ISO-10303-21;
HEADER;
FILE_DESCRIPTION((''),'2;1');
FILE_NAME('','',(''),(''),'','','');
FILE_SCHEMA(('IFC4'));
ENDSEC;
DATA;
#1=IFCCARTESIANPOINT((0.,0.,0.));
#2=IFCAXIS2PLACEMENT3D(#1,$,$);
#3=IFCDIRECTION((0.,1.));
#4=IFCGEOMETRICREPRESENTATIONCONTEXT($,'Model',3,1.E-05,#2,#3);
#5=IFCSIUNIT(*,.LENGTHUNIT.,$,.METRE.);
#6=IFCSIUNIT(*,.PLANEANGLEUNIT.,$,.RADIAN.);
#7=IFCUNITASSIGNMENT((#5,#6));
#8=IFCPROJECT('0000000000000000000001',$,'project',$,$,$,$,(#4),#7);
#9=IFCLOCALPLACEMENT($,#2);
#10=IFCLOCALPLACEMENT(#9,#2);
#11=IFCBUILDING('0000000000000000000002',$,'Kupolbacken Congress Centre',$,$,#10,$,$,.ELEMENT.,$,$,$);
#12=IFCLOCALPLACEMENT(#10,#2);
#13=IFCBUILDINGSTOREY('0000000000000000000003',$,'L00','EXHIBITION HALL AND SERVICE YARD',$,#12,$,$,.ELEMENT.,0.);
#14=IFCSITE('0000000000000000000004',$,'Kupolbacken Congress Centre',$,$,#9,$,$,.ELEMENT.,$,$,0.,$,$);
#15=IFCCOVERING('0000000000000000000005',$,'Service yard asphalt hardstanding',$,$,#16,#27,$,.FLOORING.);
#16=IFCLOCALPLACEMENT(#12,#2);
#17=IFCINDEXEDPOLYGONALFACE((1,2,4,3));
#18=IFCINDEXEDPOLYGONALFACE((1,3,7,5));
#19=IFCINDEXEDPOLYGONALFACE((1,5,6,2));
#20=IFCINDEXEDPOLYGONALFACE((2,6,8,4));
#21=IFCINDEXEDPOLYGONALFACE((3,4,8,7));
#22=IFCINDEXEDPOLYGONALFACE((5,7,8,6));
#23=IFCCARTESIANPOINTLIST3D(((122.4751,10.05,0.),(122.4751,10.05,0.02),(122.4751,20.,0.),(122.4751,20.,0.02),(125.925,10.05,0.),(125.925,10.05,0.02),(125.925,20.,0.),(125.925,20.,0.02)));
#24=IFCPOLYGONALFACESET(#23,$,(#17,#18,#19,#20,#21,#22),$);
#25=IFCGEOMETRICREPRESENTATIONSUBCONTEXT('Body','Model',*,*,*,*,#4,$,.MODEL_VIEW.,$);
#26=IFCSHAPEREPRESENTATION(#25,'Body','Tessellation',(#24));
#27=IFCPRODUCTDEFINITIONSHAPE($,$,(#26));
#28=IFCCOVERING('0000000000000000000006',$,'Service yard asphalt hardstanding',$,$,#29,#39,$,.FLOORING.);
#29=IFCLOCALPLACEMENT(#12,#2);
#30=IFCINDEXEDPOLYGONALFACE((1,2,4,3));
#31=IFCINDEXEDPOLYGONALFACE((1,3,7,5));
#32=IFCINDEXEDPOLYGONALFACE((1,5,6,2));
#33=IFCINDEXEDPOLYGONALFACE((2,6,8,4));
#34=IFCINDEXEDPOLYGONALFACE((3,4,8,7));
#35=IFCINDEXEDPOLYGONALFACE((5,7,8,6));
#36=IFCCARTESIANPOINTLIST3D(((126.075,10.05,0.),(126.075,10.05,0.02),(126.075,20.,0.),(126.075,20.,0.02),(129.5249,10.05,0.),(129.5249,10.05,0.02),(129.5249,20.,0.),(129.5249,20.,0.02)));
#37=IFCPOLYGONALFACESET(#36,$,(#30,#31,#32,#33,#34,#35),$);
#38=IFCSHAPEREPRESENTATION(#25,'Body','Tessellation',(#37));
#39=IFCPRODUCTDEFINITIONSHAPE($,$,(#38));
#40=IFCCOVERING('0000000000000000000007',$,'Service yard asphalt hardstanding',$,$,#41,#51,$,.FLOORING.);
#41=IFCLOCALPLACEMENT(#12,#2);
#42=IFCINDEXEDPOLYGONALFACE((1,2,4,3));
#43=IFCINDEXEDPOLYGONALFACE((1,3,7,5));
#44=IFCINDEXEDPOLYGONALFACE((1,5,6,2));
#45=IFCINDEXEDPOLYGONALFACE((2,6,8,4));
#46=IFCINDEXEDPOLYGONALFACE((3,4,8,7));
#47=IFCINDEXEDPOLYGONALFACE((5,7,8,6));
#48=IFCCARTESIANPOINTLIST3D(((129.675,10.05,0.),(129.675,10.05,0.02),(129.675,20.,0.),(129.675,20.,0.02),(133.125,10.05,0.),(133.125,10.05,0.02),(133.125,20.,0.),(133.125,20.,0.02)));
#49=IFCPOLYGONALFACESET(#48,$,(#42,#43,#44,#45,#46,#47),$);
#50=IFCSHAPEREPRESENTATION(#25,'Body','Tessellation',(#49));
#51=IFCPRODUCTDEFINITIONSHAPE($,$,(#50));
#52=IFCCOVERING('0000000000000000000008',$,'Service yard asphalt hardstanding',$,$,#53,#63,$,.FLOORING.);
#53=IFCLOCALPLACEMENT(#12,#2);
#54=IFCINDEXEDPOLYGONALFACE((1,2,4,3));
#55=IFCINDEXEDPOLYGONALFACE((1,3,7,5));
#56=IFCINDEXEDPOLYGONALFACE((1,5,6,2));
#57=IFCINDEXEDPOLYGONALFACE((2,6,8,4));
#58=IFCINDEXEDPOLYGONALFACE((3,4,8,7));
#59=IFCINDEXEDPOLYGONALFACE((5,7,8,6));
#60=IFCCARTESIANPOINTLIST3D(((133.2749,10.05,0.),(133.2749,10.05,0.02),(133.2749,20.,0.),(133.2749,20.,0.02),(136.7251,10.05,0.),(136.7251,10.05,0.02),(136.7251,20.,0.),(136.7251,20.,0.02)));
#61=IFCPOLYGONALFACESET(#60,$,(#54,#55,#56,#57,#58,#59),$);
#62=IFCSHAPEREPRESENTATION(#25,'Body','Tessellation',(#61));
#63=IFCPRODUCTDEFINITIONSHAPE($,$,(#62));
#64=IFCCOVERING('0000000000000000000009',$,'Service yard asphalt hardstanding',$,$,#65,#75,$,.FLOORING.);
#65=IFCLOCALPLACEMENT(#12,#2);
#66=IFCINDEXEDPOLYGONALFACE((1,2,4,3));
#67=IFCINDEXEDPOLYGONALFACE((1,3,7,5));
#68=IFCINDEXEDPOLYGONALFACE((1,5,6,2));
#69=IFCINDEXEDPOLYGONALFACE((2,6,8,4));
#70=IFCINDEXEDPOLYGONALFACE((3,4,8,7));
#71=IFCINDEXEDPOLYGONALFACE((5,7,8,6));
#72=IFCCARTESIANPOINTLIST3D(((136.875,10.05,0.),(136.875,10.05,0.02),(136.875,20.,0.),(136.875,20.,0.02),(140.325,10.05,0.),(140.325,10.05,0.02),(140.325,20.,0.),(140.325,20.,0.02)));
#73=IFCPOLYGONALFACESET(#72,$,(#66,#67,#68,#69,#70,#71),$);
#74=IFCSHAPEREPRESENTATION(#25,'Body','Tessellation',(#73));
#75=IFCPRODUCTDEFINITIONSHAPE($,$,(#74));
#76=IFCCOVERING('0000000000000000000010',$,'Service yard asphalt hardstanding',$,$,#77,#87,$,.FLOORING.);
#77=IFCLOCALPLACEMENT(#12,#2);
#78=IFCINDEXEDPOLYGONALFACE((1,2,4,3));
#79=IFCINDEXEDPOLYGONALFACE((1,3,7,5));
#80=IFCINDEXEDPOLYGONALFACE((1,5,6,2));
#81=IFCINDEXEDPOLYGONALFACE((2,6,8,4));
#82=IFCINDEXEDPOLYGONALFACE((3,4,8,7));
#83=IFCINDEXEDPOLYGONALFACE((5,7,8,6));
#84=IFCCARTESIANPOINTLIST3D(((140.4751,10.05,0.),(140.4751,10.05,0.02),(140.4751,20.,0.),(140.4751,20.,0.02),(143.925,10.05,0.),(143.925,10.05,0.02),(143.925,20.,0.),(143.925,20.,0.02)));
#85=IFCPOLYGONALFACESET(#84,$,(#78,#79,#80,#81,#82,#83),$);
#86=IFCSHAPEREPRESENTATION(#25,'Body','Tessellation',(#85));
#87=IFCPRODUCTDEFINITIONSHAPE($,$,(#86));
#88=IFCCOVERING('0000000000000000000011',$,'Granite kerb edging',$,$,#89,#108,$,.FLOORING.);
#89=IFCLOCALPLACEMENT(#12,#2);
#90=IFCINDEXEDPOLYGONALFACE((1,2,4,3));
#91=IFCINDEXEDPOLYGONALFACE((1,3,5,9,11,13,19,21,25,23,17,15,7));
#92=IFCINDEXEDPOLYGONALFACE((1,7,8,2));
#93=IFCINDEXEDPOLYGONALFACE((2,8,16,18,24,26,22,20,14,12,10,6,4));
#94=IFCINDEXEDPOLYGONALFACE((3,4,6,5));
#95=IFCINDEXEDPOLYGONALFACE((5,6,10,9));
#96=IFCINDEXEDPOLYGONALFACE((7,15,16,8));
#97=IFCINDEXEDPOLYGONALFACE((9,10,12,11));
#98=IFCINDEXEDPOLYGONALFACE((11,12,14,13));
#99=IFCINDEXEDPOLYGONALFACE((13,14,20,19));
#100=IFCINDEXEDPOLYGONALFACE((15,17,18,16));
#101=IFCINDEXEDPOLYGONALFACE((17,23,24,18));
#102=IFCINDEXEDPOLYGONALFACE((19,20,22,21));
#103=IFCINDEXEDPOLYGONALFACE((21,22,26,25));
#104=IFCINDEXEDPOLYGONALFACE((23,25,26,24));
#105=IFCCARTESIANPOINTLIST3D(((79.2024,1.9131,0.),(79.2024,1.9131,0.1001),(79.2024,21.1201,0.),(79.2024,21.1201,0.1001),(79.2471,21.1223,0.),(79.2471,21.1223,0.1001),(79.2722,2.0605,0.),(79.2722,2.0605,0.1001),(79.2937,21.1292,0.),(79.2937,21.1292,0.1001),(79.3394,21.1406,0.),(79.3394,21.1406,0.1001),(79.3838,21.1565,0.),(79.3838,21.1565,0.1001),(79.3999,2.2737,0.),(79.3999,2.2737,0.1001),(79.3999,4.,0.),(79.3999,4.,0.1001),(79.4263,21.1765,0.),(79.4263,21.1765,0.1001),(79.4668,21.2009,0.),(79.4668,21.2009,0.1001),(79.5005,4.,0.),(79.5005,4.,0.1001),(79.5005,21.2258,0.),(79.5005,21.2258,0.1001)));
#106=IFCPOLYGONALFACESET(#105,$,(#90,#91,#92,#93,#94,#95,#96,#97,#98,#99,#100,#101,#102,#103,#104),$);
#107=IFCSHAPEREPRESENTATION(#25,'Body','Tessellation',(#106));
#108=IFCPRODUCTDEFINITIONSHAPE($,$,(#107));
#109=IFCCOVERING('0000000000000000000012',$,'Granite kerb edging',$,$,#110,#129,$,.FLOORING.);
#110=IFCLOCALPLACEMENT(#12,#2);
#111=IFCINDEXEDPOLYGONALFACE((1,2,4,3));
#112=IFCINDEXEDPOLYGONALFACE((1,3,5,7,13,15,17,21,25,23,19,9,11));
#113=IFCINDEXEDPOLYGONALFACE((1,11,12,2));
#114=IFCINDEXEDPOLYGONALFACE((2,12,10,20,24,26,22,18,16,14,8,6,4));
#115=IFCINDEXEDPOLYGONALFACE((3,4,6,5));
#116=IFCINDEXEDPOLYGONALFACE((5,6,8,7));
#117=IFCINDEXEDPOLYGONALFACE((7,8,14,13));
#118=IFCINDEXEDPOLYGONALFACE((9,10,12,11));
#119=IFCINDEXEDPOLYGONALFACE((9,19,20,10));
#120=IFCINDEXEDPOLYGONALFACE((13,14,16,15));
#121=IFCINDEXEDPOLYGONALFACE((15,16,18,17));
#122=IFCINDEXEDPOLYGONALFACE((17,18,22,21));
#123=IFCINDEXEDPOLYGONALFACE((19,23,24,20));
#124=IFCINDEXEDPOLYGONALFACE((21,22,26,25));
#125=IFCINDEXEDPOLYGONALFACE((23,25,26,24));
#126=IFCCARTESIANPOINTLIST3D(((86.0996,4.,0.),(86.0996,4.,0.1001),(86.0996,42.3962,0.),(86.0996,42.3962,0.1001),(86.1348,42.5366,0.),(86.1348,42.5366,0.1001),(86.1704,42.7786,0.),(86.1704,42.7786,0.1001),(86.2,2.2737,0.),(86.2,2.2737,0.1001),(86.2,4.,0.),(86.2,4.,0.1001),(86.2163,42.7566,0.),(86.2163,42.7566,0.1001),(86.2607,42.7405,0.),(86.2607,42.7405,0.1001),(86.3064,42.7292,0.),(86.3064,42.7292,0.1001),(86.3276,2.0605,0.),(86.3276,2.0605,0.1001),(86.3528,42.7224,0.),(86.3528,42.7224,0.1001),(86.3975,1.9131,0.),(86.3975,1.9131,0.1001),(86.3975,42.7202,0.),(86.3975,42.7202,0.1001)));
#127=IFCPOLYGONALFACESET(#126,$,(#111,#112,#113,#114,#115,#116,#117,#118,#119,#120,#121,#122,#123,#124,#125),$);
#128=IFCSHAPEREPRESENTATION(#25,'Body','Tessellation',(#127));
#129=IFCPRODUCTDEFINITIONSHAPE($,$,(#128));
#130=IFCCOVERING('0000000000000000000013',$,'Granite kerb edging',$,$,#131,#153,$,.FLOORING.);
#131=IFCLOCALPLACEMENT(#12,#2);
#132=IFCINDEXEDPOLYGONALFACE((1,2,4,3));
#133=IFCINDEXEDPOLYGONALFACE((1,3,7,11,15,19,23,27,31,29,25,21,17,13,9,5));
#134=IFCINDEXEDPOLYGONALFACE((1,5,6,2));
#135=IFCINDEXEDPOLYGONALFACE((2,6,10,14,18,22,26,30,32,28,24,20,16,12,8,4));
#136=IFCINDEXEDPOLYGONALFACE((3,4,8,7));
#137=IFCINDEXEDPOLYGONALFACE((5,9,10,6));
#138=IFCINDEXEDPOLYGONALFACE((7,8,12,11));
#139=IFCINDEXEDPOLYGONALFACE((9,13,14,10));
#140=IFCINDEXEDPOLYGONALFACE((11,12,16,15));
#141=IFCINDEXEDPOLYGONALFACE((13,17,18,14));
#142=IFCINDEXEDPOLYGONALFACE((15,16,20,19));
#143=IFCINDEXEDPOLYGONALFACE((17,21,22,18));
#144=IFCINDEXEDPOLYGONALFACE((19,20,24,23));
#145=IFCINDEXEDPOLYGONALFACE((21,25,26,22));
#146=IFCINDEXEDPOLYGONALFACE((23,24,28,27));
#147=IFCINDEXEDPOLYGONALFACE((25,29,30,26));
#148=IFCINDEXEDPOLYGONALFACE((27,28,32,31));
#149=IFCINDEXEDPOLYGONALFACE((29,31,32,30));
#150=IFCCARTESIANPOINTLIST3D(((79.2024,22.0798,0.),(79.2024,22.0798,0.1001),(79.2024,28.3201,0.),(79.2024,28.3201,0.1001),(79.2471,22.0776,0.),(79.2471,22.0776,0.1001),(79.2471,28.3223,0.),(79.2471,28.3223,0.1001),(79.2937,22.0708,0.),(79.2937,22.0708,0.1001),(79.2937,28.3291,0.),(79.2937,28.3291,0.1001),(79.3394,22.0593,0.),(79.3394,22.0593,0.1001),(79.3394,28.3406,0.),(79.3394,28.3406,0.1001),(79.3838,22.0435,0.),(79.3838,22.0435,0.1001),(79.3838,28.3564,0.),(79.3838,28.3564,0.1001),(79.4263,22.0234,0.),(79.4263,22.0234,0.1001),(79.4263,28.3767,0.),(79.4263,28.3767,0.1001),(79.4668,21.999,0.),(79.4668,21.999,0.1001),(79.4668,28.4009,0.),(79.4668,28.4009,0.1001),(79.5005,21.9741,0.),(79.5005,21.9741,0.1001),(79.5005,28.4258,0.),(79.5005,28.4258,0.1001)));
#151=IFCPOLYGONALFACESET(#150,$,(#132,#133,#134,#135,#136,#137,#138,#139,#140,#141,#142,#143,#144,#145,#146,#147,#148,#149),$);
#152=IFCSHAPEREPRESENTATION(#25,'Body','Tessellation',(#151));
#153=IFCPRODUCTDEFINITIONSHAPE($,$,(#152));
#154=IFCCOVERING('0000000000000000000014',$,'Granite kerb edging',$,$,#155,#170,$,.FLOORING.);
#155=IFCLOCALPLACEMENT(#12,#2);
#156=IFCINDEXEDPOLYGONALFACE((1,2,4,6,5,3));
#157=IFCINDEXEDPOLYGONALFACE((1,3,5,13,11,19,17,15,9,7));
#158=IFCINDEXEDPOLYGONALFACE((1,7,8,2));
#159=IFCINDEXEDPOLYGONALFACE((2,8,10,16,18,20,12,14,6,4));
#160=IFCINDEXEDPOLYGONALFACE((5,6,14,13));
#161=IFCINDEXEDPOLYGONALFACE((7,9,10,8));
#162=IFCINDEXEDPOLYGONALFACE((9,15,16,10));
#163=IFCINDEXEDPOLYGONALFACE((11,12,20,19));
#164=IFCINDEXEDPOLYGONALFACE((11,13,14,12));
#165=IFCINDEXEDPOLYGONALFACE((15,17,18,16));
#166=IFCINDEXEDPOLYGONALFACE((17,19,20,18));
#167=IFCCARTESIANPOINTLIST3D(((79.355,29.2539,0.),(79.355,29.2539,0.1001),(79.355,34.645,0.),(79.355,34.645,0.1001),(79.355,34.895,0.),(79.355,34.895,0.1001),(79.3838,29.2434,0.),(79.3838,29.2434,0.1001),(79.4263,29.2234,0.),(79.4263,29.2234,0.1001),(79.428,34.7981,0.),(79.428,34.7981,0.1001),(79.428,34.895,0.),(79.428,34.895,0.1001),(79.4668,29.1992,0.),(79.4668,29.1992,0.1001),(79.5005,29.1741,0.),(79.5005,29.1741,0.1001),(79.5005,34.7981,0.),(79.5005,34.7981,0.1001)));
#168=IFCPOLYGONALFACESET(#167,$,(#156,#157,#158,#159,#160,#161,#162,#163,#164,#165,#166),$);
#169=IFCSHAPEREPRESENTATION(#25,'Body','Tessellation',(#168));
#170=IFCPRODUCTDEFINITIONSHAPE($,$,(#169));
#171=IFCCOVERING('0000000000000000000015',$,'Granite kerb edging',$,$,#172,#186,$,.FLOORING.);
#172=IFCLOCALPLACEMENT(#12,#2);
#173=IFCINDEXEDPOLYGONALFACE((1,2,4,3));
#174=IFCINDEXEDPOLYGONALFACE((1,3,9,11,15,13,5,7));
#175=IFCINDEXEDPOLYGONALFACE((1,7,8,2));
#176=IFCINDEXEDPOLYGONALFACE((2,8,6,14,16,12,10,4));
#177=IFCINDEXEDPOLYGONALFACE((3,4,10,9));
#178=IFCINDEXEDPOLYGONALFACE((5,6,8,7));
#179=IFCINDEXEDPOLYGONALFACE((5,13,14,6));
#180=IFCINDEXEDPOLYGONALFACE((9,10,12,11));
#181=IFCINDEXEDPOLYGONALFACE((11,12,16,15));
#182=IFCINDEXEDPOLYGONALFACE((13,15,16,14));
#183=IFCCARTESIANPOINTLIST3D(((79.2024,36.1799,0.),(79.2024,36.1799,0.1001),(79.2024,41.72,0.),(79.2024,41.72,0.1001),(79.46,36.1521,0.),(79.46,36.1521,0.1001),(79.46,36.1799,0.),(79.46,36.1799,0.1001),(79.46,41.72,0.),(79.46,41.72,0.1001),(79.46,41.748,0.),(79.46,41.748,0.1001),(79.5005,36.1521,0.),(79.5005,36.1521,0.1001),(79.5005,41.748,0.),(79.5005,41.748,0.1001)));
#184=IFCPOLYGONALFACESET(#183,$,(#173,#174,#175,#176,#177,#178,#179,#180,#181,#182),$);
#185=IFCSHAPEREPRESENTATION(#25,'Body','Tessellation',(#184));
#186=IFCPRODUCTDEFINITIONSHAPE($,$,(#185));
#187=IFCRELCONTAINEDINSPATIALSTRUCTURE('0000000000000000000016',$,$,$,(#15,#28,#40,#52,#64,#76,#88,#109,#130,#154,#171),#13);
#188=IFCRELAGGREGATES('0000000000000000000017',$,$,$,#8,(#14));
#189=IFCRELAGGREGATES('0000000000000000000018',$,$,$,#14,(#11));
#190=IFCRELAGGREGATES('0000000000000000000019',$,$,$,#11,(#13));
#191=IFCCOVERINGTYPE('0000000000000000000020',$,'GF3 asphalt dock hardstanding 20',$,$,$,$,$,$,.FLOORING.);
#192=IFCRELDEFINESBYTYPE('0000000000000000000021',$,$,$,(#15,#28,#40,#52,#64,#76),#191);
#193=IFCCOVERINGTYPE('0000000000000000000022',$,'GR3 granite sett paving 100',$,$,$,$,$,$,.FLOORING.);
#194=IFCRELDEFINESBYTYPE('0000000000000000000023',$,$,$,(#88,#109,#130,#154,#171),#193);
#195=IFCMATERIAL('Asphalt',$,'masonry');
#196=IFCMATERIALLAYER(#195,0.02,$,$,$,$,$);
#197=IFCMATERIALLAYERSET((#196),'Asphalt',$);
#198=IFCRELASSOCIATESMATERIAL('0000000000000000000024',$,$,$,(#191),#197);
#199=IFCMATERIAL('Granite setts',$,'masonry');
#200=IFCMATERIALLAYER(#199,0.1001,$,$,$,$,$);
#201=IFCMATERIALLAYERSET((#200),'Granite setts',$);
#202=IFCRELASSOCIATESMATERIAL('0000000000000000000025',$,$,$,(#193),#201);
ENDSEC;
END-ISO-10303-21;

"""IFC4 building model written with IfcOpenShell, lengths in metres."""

from ifc_helpers import new_model, si_unit, direction, origin, place, context, subcontext, project, spatial, polyline, outline, extrude, material, layer, layer_set, type_object, element, save


model = new_model("IFC4")

# Units and contexts
model_context = context("Model", 3, precision=1e-05, world=origin(), true_north=direction((0.0, 1.0)))
body_context = subcontext(model_context, "Body", "Model", "MODEL_VIEW")
ifc_project = project(units=[si_unit("LENGTHUNIT", "METRE"), si_unit("PLANEANGLEUNIT", "RADIAN")], contexts=[model_context])

# Site, building, storey
site_placement = place(None, origin())
site = spatial("IfcSite", under=ifc_project, at=site_placement, Name="Kupolbacken Congress Centre", CompositionType="ELEMENT", RefElevation=0.0)
building_placement = place(site_placement, origin())
building = spatial("IfcBuilding", under=site, at=building_placement, Name="Kupolbacken Congress Centre", CompositionType="ELEMENT")
storey_placement = place(building_placement, origin())
storey = spatial("IfcBuildingStorey", under=building, at=storey_placement, Name="L00", Description="EXHIBITION HALL AND SERVICE YARD", CompositionType="ELEMENT", Elevation=0.0)

# Coverings
ifc_material_1 = material(Name="Asphalt", Category="masonry")
ifc_layer_1 = layer(ifc_material_1, 0.02)
ifc_layer_set_1 = layer_set([ifc_layer_1], Name="Asphalt")
covering_type_1 = type_object("IfcCoveringType", Name="GF3 asphalt dock hardstanding 20", PredefinedType="FLOORING", material=ifc_layer_set_1)
covering_1_placement = place(storey_placement, origin())
element("IfcCovering", 1, at=covering_1_placement, inside=storey, type_object=covering_type_1, Name="Service yard asphalt hardstanding", PredefinedType="FLOORING", context=body_context, shape_type="SweptSolid", body=[
    extrude(outline(polyline([(125.925, 10.05), (122.4751, 10.05), (122.4751, 20.0), (125.925, 20.0), (125.925, 10.05)])), origin(), (0.0, 0.0, 1.0), 0.02),
])
covering_2_placement = place(storey_placement, origin())
element("IfcCovering", 2, at=covering_2_placement, inside=storey, type_object=covering_type_1, Name="Service yard asphalt hardstanding", PredefinedType="FLOORING", context=body_context, shape_type="SweptSolid", body=[
    extrude(outline(polyline([(129.5249, 10.05), (126.075, 10.05), (126.075, 20.0), (129.5249, 20.0), (129.5249, 10.05)])), origin(), (0.0, 0.0, 1.0), 0.02),
])
covering_3_placement = place(storey_placement, origin())
element("IfcCovering", 3, at=covering_3_placement, inside=storey, type_object=covering_type_1, Name="Service yard asphalt hardstanding", PredefinedType="FLOORING", context=body_context, shape_type="SweptSolid", body=[
    extrude(outline(polyline([(133.125, 10.05), (129.675, 10.05), (129.675, 20.0), (133.125, 20.0), (133.125, 10.05)])), origin(), (0.0, 0.0, 1.0), 0.02),
])
covering_4_placement = place(storey_placement, origin())
element("IfcCovering", 4, at=covering_4_placement, inside=storey, type_object=covering_type_1, Name="Service yard asphalt hardstanding", PredefinedType="FLOORING", context=body_context, shape_type="SweptSolid", body=[
    extrude(outline(polyline([(136.7251, 10.05), (133.2749, 10.05), (133.2749, 20.0), (136.7251, 20.0), (136.7251, 10.05)])), origin(), (0.0, 0.0, 1.0), 0.02),
])
covering_5_placement = place(storey_placement, origin())
element("IfcCovering", 5, at=covering_5_placement, inside=storey, type_object=covering_type_1, Name="Service yard asphalt hardstanding", PredefinedType="FLOORING", context=body_context, shape_type="SweptSolid", body=[
    extrude(outline(polyline([(140.325, 10.05), (136.875, 10.05), (136.875, 20.0), (140.325, 20.0), (140.325, 10.05)])), origin(), (0.0, 0.0, 1.0), 0.02),
])
covering_6_placement = place(storey_placement, origin())
element("IfcCovering", 6, at=covering_6_placement, inside=storey, type_object=covering_type_1, Name="Service yard asphalt hardstanding", PredefinedType="FLOORING", context=body_context, shape_type="SweptSolid", body=[
    extrude(outline(polyline([(143.925, 10.05), (140.4751, 10.05), (140.4751, 20.0), (143.925, 20.0), (143.925, 10.05)])), origin(), (0.0, 0.0, 1.0), 0.02),
])
ifc_material_2 = material(Name="Granite setts", Category="masonry")
ifc_layer_2 = layer(ifc_material_2, 0.1001)
ifc_layer_set_2 = layer_set([ifc_layer_2], Name="Granite setts")
covering_type_2 = type_object("IfcCoveringType", Name="GR3 granite sett paving 100", PredefinedType="FLOORING", material=ifc_layer_set_2)
covering_7_placement = place(storey_placement, origin())
element("IfcCovering", 7, at=covering_7_placement, inside=storey, type_object=covering_type_2, Name="Granite kerb edging", PredefinedType="FLOORING", context=body_context, shape_type="SweptSolid", body=[
    extrude(outline(polyline([(79.4263, 21.1765), (79.4668, 21.2009), (79.5005, 21.2258), (79.5005, 4.0), (79.3999, 4.0), (79.3999, 2.2737), (79.2722, 2.0605), (79.2024, 1.9131), (79.2024, 21.1201), (79.2471, 21.1223), (79.2937, 21.1292), (79.3394, 21.1406), (79.3838, 21.1565), (79.4263, 21.1765)])), origin(), (0.0, 0.0, 1.0), 0.1001),
])
covering_8_placement = place(storey_placement, origin())
element("IfcCovering", 8, at=covering_8_placement, inside=storey, type_object=covering_type_2, Name="Granite kerb edging", PredefinedType="FLOORING", context=body_context, shape_type="SweptSolid", body=[
    extrude(outline(polyline([(86.3064, 42.7292), (86.3528, 42.7224), (86.3975, 42.7202), (86.3975, 1.9131), (86.3276, 2.0605), (86.2, 2.2737), (86.2, 4.0), (86.0996, 4.0), (86.0996, 42.3962), (86.1348, 42.5366), (86.1704, 42.7786), (86.2163, 42.7566), (86.2607, 42.7405), (86.3064, 42.7292)])), origin(), (0.0, 0.0, 1.0), 0.1001),
])
covering_9_placement = place(storey_placement, origin())
element("IfcCovering", 9, at=covering_9_placement, inside=storey, type_object=covering_type_2, Name="Granite kerb edging", PredefinedType="FLOORING", context=body_context, shape_type="SweptSolid", body=[
    extrude(outline(polyline([(79.2937, 22.0708), (79.2471, 22.0776), (79.2024, 22.0798), (79.2024, 28.3201), (79.2471, 28.3223), (79.2937, 28.3291), (79.3394, 28.3406), (79.3838, 28.3564), (79.4263, 28.3767), (79.4668, 28.4009), (79.5005, 28.4258), (79.5005, 21.9741), (79.4668, 21.999), (79.4263, 22.0234), (79.3838, 22.0435), (79.3394, 22.0593), (79.2937, 22.0708)])), origin(), (0.0, 0.0, 1.0), 0.1001),
])
covering_10_placement = place(storey_placement, origin())
element("IfcCovering", 10, at=covering_10_placement, inside=storey, type_object=covering_type_2, Name="Granite kerb edging", PredefinedType="FLOORING", context=body_context, shape_type="SweptSolid", body=[
    extrude(outline(polyline([(79.355, 34.895), (79.428, 34.895), (79.428, 34.7981), (79.5005, 34.7981), (79.5005, 29.1741), (79.4668, 29.1992), (79.4263, 29.2234), (79.3838, 29.2434), (79.355, 29.2539), (79.355, 34.645), (79.355, 34.895)])), origin(), (0.0, 0.0, 1.0), 0.1001),
])
covering_11_placement = place(storey_placement, origin())
element("IfcCovering", 11, at=covering_11_placement, inside=storey, type_object=covering_type_2, Name="Granite kerb edging", PredefinedType="FLOORING", context=body_context, shape_type="SweptSolid", body=[
    extrude(outline(polyline([(79.46, 41.748), (79.5005, 41.748), (79.5005, 36.1521), (79.46, 36.1521), (79.46, 36.1799), (79.2024, 36.1799), (79.2024, 41.72), (79.46, 41.72), (79.46, 41.748)])), origin(), (0.0, 0.0, 1.0), 0.1001),
])

save(model, "model.ifc")
